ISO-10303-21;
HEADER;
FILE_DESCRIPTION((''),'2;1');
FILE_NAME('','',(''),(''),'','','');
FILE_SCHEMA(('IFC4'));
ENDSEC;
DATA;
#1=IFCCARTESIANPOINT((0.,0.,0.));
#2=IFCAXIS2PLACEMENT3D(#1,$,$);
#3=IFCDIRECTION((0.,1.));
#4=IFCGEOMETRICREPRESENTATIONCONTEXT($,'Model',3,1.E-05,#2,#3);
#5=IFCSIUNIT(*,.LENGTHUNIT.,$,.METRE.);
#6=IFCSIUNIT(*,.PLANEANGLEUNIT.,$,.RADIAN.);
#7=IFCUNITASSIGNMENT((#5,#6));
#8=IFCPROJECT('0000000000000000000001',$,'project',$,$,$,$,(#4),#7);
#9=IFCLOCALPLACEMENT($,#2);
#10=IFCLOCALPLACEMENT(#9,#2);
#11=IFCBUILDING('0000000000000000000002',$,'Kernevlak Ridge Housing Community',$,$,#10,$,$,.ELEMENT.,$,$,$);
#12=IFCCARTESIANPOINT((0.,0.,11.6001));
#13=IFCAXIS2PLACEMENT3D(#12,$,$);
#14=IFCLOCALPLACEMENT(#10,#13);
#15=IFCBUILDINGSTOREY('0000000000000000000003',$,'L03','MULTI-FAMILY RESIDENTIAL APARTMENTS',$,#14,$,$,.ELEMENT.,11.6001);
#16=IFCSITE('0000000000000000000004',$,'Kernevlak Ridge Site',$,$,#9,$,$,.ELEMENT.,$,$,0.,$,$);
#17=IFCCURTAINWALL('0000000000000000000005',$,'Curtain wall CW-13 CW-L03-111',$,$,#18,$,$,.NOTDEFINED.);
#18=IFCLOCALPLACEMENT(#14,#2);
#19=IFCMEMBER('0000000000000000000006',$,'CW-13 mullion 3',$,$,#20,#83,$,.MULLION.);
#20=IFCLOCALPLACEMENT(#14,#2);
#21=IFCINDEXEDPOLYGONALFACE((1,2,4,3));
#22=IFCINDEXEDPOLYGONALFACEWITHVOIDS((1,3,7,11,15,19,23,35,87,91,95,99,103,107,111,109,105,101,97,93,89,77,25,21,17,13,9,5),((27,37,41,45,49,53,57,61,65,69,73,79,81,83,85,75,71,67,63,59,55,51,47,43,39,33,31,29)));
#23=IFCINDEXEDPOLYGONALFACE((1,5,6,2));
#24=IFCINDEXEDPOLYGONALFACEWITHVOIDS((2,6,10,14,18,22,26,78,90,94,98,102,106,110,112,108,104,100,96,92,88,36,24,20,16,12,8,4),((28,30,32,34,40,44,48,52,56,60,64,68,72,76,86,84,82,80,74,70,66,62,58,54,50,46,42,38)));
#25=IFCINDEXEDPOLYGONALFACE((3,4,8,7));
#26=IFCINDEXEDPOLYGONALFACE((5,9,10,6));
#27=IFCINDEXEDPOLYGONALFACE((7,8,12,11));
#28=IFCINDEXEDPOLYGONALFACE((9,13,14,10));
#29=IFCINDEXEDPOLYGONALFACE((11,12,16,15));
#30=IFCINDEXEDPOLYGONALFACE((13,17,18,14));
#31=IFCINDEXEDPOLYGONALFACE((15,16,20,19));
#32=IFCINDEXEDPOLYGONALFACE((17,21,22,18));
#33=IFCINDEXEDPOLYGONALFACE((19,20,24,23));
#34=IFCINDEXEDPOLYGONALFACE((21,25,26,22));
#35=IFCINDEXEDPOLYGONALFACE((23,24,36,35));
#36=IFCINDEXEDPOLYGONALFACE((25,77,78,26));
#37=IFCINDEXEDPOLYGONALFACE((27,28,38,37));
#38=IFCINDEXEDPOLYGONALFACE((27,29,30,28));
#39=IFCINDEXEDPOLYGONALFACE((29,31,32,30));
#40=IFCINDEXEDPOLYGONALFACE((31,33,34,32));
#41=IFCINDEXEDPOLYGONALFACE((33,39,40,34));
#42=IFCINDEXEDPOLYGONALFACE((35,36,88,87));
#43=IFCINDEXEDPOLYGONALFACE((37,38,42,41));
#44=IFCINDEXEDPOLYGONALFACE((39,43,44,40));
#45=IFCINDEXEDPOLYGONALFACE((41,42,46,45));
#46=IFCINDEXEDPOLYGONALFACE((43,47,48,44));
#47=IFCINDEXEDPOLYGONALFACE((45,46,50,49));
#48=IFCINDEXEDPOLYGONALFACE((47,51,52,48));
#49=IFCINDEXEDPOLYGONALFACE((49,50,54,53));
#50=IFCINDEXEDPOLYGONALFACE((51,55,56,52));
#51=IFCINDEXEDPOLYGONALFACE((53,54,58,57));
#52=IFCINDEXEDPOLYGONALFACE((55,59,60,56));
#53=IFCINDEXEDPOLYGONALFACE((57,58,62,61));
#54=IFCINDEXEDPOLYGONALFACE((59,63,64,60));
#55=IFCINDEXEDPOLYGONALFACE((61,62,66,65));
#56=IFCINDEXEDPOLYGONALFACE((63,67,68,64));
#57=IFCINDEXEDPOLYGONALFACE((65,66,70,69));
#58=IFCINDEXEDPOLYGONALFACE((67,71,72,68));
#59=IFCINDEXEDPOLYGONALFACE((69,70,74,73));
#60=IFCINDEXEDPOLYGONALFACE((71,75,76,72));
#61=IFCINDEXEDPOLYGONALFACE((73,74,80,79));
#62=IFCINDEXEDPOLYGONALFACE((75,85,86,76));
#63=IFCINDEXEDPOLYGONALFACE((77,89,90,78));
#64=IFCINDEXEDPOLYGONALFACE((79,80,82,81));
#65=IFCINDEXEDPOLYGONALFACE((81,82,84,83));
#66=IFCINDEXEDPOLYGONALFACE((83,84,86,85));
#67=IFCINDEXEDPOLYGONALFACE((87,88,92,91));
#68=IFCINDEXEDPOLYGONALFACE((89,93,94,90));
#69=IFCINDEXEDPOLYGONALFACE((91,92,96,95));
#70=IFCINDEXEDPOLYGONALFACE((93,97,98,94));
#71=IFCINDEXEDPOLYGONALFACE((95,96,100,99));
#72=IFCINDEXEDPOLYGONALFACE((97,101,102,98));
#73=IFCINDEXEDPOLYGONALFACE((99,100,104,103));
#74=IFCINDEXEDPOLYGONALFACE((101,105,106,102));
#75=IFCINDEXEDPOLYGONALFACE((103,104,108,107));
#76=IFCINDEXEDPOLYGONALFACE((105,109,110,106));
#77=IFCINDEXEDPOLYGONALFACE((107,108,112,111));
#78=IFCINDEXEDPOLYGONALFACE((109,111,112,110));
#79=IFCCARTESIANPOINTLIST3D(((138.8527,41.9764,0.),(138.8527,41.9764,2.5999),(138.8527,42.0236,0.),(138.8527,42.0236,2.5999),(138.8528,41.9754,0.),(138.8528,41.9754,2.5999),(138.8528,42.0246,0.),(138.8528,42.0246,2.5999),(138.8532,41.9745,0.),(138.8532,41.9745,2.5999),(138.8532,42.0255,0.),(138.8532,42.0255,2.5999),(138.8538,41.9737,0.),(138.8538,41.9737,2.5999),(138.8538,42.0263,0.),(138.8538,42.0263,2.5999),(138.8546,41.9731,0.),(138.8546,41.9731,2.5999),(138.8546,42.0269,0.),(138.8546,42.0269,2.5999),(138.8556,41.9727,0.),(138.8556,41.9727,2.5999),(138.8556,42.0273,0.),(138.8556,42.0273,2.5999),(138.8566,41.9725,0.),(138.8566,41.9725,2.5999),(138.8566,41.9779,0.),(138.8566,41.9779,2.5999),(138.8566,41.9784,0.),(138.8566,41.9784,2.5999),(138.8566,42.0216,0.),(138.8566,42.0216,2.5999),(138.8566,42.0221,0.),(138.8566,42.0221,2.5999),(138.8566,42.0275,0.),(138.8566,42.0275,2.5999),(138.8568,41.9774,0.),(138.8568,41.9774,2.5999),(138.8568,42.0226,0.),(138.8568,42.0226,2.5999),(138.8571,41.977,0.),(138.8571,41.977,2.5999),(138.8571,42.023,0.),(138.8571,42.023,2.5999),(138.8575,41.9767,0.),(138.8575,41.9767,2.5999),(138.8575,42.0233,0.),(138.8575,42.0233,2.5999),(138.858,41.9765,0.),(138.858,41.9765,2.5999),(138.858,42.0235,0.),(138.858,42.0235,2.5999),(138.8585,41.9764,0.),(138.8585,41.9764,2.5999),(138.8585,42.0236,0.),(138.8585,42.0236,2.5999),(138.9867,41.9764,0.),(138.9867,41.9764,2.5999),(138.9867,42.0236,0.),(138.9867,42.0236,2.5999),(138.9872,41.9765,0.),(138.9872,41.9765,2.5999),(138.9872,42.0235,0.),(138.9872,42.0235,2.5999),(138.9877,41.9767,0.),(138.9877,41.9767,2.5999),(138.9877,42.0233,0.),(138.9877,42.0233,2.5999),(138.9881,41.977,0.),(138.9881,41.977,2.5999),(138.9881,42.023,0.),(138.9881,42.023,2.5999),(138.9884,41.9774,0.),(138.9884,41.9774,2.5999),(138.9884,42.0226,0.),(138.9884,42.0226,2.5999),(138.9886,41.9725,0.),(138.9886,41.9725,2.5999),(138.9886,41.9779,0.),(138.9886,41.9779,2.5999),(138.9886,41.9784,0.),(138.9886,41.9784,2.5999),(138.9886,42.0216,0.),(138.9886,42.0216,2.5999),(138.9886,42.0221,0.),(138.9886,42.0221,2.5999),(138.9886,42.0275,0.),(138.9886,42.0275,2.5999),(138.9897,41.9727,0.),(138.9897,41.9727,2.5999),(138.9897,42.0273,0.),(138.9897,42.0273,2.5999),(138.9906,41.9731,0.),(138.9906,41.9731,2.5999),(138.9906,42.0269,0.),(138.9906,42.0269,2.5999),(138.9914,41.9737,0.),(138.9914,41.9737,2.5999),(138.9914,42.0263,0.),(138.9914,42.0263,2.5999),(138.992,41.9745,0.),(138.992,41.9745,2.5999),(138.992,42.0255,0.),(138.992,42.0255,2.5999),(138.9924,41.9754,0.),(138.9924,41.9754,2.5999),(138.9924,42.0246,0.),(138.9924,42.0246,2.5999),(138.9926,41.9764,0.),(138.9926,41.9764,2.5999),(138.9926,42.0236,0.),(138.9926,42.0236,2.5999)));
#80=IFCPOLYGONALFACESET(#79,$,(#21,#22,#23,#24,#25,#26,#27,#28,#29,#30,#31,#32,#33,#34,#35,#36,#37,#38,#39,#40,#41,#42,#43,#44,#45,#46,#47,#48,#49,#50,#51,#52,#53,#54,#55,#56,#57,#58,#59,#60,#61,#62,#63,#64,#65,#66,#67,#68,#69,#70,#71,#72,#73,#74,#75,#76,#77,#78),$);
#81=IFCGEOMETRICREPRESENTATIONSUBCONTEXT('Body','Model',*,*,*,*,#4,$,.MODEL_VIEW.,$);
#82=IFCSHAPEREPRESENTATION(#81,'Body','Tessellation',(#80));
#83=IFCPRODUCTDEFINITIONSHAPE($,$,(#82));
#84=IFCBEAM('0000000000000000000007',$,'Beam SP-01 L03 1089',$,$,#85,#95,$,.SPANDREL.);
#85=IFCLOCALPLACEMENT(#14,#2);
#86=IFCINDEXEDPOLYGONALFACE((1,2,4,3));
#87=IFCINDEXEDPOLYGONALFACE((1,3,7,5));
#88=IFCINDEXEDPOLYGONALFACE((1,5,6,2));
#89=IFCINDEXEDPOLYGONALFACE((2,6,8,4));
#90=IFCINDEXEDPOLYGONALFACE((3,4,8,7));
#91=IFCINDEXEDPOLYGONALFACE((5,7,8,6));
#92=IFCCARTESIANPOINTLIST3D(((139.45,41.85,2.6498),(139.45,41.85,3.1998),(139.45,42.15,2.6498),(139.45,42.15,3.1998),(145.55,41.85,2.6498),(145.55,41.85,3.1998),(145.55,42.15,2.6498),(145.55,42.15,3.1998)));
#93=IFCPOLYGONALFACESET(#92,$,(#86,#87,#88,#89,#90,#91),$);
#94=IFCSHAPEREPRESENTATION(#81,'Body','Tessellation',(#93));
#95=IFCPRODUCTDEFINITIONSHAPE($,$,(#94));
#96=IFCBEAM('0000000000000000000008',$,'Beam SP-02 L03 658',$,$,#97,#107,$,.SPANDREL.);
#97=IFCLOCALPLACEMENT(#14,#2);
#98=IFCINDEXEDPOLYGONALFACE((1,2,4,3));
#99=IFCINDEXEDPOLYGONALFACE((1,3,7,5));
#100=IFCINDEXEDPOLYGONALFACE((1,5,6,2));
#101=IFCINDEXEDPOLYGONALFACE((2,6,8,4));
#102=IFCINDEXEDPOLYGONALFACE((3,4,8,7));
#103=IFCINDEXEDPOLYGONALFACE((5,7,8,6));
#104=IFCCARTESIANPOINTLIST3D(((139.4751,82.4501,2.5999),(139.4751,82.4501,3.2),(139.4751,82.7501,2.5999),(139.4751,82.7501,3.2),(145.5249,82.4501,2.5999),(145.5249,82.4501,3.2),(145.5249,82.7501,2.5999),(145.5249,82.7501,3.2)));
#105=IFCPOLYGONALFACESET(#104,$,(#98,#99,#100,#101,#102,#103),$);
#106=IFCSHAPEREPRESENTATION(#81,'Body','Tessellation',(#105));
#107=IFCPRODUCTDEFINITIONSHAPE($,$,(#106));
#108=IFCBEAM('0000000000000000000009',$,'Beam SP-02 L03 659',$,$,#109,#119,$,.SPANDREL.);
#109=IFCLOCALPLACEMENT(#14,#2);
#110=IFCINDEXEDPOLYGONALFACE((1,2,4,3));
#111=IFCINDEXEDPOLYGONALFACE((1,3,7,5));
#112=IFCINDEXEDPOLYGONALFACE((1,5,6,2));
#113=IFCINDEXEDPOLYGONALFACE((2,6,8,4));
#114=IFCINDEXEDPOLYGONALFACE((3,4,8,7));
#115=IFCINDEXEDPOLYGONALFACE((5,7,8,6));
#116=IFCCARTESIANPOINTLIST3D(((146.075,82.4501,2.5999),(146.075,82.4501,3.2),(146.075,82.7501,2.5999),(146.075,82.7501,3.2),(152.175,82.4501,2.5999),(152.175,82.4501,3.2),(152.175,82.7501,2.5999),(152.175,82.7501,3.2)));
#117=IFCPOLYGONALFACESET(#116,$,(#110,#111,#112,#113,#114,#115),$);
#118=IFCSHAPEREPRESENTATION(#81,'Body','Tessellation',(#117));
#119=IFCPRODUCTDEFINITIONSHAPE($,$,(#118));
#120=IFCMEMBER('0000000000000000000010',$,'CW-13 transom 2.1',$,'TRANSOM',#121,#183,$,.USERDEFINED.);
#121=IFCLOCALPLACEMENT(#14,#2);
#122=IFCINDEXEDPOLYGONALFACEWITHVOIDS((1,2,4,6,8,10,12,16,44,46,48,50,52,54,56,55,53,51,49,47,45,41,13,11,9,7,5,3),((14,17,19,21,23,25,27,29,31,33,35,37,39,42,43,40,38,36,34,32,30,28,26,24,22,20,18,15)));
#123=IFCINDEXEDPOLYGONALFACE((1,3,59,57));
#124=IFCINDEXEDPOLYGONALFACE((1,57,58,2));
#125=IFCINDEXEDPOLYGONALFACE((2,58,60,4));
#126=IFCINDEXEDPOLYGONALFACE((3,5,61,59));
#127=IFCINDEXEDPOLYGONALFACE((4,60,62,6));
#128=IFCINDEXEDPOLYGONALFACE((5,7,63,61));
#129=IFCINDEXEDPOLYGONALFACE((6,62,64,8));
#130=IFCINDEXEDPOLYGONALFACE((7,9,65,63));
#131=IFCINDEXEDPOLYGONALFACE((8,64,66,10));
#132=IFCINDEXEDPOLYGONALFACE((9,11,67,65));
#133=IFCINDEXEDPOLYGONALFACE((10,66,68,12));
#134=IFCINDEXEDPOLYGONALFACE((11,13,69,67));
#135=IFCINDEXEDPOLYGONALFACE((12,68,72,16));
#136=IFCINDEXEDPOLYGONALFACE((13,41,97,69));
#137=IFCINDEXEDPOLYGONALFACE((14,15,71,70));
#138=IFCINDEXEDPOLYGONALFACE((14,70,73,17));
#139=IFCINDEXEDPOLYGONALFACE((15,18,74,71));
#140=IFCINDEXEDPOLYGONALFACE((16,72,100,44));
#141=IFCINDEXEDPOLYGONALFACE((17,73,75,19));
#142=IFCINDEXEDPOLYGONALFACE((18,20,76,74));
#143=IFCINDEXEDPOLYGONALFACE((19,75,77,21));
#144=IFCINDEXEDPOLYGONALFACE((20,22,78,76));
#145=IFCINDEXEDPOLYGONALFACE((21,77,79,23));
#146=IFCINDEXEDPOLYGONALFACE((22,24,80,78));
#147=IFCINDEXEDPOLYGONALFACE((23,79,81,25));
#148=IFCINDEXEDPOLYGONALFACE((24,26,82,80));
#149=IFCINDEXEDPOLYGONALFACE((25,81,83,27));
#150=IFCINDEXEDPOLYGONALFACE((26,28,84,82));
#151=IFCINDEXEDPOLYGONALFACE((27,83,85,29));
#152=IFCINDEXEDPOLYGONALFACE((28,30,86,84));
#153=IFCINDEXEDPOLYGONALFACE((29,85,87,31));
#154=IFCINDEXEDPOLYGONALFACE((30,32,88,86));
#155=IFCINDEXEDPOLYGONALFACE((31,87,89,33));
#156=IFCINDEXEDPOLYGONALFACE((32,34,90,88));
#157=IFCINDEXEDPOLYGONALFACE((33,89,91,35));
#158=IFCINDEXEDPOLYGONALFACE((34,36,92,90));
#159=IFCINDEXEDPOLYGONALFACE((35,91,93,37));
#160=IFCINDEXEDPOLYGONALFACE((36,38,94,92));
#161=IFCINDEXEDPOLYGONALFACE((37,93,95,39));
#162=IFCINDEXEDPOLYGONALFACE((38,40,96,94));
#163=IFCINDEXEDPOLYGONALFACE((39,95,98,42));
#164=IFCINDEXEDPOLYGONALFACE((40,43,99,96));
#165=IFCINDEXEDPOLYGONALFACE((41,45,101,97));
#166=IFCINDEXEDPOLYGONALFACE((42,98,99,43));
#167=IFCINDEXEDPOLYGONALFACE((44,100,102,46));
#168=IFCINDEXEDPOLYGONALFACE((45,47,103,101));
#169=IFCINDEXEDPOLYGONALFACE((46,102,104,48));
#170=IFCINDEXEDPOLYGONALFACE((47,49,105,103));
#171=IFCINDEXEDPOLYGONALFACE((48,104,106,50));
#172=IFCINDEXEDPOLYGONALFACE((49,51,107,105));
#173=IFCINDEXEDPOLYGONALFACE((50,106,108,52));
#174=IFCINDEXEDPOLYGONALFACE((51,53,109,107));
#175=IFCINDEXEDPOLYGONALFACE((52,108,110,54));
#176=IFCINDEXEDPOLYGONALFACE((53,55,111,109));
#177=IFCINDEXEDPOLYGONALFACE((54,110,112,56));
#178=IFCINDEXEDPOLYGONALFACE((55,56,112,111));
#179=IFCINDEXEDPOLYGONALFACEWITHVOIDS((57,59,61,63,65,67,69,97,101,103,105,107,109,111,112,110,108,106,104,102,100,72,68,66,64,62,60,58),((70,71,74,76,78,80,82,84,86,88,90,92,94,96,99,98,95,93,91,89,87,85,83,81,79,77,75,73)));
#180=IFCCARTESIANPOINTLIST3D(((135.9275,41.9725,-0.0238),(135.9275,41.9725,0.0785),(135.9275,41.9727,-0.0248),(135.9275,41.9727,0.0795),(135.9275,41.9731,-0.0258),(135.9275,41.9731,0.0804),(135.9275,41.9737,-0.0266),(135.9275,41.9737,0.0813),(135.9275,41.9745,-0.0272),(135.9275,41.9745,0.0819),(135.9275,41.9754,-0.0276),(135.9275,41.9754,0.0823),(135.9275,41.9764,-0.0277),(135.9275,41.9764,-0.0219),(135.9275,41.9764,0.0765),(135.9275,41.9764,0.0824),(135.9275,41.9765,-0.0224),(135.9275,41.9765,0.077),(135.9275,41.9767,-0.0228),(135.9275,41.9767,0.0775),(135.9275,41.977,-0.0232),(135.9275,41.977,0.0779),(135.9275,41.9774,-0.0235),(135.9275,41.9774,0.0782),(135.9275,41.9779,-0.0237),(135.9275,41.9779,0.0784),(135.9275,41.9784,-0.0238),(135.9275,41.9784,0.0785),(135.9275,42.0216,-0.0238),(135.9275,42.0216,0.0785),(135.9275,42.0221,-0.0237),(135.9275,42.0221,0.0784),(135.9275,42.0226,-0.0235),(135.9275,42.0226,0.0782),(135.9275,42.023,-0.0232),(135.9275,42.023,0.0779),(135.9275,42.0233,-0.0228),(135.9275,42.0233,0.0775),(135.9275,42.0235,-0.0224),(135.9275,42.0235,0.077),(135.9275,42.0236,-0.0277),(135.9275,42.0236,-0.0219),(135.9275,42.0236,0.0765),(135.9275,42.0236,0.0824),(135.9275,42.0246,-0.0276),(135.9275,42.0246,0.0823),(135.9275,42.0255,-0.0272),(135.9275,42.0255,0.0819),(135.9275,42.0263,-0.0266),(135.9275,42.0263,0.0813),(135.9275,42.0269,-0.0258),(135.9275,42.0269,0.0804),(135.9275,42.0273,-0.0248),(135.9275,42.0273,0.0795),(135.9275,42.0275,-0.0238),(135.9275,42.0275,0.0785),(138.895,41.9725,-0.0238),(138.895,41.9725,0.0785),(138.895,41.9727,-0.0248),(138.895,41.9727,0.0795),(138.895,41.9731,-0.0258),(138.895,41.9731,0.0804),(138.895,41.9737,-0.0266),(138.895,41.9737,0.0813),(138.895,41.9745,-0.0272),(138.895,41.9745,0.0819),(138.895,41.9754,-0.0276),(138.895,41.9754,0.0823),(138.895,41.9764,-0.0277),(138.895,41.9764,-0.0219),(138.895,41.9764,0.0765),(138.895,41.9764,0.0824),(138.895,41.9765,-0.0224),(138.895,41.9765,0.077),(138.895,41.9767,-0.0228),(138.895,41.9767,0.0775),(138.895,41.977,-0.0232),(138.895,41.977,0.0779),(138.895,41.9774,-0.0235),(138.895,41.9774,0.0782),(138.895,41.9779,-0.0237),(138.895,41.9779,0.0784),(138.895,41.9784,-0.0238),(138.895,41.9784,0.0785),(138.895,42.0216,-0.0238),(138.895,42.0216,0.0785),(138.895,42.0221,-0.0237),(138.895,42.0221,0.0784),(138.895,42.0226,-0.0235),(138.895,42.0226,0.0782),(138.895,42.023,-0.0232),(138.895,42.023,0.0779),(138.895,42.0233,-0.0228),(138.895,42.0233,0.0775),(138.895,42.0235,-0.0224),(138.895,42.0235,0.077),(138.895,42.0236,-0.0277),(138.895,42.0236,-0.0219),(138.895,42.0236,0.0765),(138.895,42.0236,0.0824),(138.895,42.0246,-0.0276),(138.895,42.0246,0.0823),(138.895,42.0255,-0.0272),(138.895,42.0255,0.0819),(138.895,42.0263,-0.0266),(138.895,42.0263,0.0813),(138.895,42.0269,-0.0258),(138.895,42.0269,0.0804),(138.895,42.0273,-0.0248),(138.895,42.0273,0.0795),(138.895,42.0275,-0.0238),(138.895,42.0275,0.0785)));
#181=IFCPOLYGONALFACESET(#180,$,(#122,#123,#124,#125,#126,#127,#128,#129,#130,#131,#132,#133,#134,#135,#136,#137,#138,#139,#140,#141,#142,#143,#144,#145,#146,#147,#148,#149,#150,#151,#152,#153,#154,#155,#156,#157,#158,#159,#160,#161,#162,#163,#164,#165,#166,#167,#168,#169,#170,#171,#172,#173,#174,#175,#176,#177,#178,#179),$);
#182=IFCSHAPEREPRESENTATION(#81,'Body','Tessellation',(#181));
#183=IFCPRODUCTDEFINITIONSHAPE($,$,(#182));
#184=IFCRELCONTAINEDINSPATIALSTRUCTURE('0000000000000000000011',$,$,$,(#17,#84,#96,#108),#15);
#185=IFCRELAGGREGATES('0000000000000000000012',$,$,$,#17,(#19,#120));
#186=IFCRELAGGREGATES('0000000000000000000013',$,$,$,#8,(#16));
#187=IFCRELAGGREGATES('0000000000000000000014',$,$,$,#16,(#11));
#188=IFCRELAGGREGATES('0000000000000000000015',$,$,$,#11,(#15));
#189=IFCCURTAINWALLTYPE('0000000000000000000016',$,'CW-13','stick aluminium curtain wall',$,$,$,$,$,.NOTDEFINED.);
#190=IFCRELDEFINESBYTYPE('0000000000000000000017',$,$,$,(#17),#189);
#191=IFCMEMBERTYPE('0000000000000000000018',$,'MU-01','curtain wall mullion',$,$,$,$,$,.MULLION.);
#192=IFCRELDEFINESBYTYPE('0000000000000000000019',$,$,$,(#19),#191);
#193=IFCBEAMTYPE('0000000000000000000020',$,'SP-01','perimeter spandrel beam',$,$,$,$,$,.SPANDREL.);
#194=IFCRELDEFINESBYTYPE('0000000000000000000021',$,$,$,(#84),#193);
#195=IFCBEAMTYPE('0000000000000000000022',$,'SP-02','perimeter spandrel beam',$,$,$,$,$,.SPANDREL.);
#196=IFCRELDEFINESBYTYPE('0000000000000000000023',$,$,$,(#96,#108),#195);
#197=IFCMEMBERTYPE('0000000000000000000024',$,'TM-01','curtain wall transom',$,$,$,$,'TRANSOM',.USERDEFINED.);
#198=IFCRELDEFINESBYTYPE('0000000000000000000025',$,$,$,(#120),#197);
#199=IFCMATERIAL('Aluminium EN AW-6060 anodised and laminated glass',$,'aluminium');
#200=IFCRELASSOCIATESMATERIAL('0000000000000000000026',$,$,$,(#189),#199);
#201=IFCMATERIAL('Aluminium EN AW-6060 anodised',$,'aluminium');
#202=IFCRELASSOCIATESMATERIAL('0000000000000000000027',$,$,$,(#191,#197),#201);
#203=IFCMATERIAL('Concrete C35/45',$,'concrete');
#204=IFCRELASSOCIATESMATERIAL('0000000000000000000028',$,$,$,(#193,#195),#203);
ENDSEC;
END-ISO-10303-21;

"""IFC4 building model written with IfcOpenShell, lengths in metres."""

from ifc_helpers import new_model, si_unit, direction, frame, origin, origin_2d, place, context, subcontext, project, spatial, rectangle, hollow_rectangle, extrude, material, material_profile, profile_set, type_object, element, aggregate, save


model = new_model("IFC4")

# Units and contexts
model_context = context("Model", 3, precision=1e-05, world=origin(), true_north=direction((0.0, 1.0)))
body_context = subcontext(model_context, "Body", "Model", "MODEL_VIEW")
ifc_project = project(units=[si_unit("LENGTHUNIT", "METRE"), si_unit("PLANEANGLEUNIT", "RADIAN")], contexts=[model_context])

# Site, building, storey
site_placement = place(None, origin())
site = spatial("IfcSite", under=ifc_project, at=site_placement, Name="Kernevlak Ridge Site", CompositionType="ELEMENT", RefElevation=0.0)
building_placement = place(site_placement, origin())
building = spatial("IfcBuilding", under=site, at=building_placement, Name="Kernevlak Ridge Housing Community", CompositionType="ELEMENT")
storey_placement = place(building_placement, frame((0.0, 0.0, 11.6001)))
storey = spatial("IfcBuildingStorey", under=building, at=storey_placement, Name="L03", Description="MULTI-FAMILY RESIDENTIAL APARTMENTS", CompositionType="ELEMENT", Elevation=11.6001)

# Curtain wall, member
ifc_material_1 = material(Name="Aluminium EN AW-6060 anodised and laminated glass", Category="aluminium")
curtain_wall_type = type_object("IfcCurtainWallType", Name="CW-13", Description="stick aluminium curtain wall", PredefinedType="NOTDEFINED", material=ifc_material_1)
curtain_wall_placement = place(storey_placement, origin())
curtain_wall = element("IfcCurtainWall", 1, at=curtain_wall_placement, inside=storey, type_object=curtain_wall_type, Name="Curtain wall CW-13 CW-L03-111", PredefinedType="NOTDEFINED")
ifc_material_2 = material(Name="Aluminium EN AW-6060 anodised", Category="aluminium")
ifc_material_profile_1 = material_profile(ifc_material_2, hollow_rectangle(XDim=0.0549, YDim=0.1399, WallThickness=0.0039, InnerFilletRadius=0.002, OuterFilletRadius=0.0039, at=origin_2d()), Name="ALU 55x140x4")
ifc_profile_set_1 = profile_set([ifc_material_profile_1], Name="Aluminium EN AW-6060 anodised")
member_type_1 = type_object("IfcMemberType", Name="MU-01", Description="curtain wall mullion", PredefinedType="MULLION", material=ifc_profile_set_1)
member_1_placement = place(storey_placement, frame((138.9226, 42.0, 0.0), z_axis=(0.0, 0.0, 1.0), x_axis=(0.0, 1.0, 0.0)))
member_1 = element("IfcMember", 2, at=member_1_placement, type_object=member_type_1, Name="CW-13 mullion 3", PredefinedType="MULLION", context=body_context, shape_type="SweptSolid", body=[
    extrude(hollow_rectangle(XDim=0.0549, YDim=0.1399, WallThickness=0.0039, InnerFilletRadius=0.002, OuterFilletRadius=0.0039, at=origin_2d()), origin(), (0.0, 0.0, 1.0), 2.5999),
])

# Beams
ifc_material_3 = material(Name="Concrete C35/45", Category="concrete")
ifc_material_profile_2 = material_profile(ifc_material_3, rectangle(XDim=0.3, YDim=0.55, at=origin_2d()), Name="RC 300x550")
ifc_profile_set_2 = profile_set([ifc_material_profile_2], Name="Concrete C35/45")
beam_type_1 = type_object("IfcBeamType", Name="SP-01", Description="perimeter spandrel beam", PredefinedType="SPANDREL", material=ifc_profile_set_2)
beam_1_placement = place(storey_placement, frame((139.45, 42.0, 2.9248), z_axis=(1.0, 0.0, 0.0), x_axis=(0.0, 1.0, 0.0)))
element("IfcBeam", 3, at=beam_1_placement, inside=storey, type_object=beam_type_1, Name="Beam SP-01 L03 1089", PredefinedType="SPANDREL", context=body_context, shape_type="SweptSolid", body=[
    extrude(rectangle(XDim=0.3, YDim=0.55, at=origin_2d()), origin(), (0.0, 0.0, 1.0), 6.1001),
])
ifc_material_profile_3 = material_profile(ifc_material_3, rectangle(XDim=0.3, YDim=0.6001, at=origin_2d()), Name="RC 300x600")
ifc_profile_set_3 = profile_set([ifc_material_profile_3], Name="Concrete C35/45")
beam_type_2 = type_object("IfcBeamType", Name="SP-02", Description="perimeter spandrel beam", PredefinedType="SPANDREL", material=ifc_profile_set_3)
beam_2_placement = place(storey_placement, frame((139.4751, 82.6001, 2.8999), z_axis=(1.0, 0.0, 0.0), x_axis=(0.0, 1.0, 0.0)))
element("IfcBeam", 4, at=beam_2_placement, inside=storey, type_object=beam_type_2, Name="Beam SP-02 L03 658", PredefinedType="SPANDREL", context=body_context, shape_type="SweptSolid", body=[
    extrude(rectangle(XDim=0.3, YDim=0.6001, at=origin_2d()), origin(), (0.0, 0.0, 1.0), 6.0498),
])
beam_3_placement = place(storey_placement, frame((146.075, 82.6001, 2.8999), z_axis=(1.0, 0.0, 0.0), x_axis=(0.0, 1.0, 0.0)))
element("IfcBeam", 5, at=beam_3_placement, inside=storey, type_object=beam_type_2, Name="Beam SP-02 L03 659", PredefinedType="SPANDREL", context=body_context, shape_type="SweptSolid", body=[
    extrude(rectangle(XDim=0.3, YDim=0.6001, at=origin_2d()), origin(), (0.0, 0.0, 1.0), 6.1001),
])

# Member
ifc_material_profile_4 = material_profile(ifc_material_2, hollow_rectangle(XDim=0.0549, YDim=0.1101, WallThickness=0.0039, InnerFilletRadius=0.002, OuterFilletRadius=0.0039, at=origin_2d()), Name="ALU 55x110x4")
ifc_profile_set_4 = profile_set([ifc_material_profile_4], Name="Aluminium EN AW-6060 anodised")
member_type_2 = type_object("IfcMemberType", Name="TM-01", Description="curtain wall transom", ElementType="TRANSOM", PredefinedType="USERDEFINED", material=ifc_profile_set_4)
member_2_placement = place(storey_placement, frame((135.9275, 42.0, 0.0273), z_axis=(1.0, 0.0, 0.0), x_axis=(0.0, 1.0, 0.0)))
member_2 = element("IfcMember", 6, at=member_2_placement, type_object=member_type_2, Name="CW-13 transom 2.1", ObjectType="TRANSOM", PredefinedType="USERDEFINED", context=body_context, shape_type="SweptSolid", body=[
    extrude(hollow_rectangle(XDim=0.0549, YDim=0.1101, WallThickness=0.0039, InnerFilletRadius=0.002, OuterFilletRadius=0.0039, at=origin_2d()), origin(), (0.0, 0.0, 1.0), 2.9675),
])

aggregate(curtain_wall, [member_1, member_2])

save(model, "model.ifc")
